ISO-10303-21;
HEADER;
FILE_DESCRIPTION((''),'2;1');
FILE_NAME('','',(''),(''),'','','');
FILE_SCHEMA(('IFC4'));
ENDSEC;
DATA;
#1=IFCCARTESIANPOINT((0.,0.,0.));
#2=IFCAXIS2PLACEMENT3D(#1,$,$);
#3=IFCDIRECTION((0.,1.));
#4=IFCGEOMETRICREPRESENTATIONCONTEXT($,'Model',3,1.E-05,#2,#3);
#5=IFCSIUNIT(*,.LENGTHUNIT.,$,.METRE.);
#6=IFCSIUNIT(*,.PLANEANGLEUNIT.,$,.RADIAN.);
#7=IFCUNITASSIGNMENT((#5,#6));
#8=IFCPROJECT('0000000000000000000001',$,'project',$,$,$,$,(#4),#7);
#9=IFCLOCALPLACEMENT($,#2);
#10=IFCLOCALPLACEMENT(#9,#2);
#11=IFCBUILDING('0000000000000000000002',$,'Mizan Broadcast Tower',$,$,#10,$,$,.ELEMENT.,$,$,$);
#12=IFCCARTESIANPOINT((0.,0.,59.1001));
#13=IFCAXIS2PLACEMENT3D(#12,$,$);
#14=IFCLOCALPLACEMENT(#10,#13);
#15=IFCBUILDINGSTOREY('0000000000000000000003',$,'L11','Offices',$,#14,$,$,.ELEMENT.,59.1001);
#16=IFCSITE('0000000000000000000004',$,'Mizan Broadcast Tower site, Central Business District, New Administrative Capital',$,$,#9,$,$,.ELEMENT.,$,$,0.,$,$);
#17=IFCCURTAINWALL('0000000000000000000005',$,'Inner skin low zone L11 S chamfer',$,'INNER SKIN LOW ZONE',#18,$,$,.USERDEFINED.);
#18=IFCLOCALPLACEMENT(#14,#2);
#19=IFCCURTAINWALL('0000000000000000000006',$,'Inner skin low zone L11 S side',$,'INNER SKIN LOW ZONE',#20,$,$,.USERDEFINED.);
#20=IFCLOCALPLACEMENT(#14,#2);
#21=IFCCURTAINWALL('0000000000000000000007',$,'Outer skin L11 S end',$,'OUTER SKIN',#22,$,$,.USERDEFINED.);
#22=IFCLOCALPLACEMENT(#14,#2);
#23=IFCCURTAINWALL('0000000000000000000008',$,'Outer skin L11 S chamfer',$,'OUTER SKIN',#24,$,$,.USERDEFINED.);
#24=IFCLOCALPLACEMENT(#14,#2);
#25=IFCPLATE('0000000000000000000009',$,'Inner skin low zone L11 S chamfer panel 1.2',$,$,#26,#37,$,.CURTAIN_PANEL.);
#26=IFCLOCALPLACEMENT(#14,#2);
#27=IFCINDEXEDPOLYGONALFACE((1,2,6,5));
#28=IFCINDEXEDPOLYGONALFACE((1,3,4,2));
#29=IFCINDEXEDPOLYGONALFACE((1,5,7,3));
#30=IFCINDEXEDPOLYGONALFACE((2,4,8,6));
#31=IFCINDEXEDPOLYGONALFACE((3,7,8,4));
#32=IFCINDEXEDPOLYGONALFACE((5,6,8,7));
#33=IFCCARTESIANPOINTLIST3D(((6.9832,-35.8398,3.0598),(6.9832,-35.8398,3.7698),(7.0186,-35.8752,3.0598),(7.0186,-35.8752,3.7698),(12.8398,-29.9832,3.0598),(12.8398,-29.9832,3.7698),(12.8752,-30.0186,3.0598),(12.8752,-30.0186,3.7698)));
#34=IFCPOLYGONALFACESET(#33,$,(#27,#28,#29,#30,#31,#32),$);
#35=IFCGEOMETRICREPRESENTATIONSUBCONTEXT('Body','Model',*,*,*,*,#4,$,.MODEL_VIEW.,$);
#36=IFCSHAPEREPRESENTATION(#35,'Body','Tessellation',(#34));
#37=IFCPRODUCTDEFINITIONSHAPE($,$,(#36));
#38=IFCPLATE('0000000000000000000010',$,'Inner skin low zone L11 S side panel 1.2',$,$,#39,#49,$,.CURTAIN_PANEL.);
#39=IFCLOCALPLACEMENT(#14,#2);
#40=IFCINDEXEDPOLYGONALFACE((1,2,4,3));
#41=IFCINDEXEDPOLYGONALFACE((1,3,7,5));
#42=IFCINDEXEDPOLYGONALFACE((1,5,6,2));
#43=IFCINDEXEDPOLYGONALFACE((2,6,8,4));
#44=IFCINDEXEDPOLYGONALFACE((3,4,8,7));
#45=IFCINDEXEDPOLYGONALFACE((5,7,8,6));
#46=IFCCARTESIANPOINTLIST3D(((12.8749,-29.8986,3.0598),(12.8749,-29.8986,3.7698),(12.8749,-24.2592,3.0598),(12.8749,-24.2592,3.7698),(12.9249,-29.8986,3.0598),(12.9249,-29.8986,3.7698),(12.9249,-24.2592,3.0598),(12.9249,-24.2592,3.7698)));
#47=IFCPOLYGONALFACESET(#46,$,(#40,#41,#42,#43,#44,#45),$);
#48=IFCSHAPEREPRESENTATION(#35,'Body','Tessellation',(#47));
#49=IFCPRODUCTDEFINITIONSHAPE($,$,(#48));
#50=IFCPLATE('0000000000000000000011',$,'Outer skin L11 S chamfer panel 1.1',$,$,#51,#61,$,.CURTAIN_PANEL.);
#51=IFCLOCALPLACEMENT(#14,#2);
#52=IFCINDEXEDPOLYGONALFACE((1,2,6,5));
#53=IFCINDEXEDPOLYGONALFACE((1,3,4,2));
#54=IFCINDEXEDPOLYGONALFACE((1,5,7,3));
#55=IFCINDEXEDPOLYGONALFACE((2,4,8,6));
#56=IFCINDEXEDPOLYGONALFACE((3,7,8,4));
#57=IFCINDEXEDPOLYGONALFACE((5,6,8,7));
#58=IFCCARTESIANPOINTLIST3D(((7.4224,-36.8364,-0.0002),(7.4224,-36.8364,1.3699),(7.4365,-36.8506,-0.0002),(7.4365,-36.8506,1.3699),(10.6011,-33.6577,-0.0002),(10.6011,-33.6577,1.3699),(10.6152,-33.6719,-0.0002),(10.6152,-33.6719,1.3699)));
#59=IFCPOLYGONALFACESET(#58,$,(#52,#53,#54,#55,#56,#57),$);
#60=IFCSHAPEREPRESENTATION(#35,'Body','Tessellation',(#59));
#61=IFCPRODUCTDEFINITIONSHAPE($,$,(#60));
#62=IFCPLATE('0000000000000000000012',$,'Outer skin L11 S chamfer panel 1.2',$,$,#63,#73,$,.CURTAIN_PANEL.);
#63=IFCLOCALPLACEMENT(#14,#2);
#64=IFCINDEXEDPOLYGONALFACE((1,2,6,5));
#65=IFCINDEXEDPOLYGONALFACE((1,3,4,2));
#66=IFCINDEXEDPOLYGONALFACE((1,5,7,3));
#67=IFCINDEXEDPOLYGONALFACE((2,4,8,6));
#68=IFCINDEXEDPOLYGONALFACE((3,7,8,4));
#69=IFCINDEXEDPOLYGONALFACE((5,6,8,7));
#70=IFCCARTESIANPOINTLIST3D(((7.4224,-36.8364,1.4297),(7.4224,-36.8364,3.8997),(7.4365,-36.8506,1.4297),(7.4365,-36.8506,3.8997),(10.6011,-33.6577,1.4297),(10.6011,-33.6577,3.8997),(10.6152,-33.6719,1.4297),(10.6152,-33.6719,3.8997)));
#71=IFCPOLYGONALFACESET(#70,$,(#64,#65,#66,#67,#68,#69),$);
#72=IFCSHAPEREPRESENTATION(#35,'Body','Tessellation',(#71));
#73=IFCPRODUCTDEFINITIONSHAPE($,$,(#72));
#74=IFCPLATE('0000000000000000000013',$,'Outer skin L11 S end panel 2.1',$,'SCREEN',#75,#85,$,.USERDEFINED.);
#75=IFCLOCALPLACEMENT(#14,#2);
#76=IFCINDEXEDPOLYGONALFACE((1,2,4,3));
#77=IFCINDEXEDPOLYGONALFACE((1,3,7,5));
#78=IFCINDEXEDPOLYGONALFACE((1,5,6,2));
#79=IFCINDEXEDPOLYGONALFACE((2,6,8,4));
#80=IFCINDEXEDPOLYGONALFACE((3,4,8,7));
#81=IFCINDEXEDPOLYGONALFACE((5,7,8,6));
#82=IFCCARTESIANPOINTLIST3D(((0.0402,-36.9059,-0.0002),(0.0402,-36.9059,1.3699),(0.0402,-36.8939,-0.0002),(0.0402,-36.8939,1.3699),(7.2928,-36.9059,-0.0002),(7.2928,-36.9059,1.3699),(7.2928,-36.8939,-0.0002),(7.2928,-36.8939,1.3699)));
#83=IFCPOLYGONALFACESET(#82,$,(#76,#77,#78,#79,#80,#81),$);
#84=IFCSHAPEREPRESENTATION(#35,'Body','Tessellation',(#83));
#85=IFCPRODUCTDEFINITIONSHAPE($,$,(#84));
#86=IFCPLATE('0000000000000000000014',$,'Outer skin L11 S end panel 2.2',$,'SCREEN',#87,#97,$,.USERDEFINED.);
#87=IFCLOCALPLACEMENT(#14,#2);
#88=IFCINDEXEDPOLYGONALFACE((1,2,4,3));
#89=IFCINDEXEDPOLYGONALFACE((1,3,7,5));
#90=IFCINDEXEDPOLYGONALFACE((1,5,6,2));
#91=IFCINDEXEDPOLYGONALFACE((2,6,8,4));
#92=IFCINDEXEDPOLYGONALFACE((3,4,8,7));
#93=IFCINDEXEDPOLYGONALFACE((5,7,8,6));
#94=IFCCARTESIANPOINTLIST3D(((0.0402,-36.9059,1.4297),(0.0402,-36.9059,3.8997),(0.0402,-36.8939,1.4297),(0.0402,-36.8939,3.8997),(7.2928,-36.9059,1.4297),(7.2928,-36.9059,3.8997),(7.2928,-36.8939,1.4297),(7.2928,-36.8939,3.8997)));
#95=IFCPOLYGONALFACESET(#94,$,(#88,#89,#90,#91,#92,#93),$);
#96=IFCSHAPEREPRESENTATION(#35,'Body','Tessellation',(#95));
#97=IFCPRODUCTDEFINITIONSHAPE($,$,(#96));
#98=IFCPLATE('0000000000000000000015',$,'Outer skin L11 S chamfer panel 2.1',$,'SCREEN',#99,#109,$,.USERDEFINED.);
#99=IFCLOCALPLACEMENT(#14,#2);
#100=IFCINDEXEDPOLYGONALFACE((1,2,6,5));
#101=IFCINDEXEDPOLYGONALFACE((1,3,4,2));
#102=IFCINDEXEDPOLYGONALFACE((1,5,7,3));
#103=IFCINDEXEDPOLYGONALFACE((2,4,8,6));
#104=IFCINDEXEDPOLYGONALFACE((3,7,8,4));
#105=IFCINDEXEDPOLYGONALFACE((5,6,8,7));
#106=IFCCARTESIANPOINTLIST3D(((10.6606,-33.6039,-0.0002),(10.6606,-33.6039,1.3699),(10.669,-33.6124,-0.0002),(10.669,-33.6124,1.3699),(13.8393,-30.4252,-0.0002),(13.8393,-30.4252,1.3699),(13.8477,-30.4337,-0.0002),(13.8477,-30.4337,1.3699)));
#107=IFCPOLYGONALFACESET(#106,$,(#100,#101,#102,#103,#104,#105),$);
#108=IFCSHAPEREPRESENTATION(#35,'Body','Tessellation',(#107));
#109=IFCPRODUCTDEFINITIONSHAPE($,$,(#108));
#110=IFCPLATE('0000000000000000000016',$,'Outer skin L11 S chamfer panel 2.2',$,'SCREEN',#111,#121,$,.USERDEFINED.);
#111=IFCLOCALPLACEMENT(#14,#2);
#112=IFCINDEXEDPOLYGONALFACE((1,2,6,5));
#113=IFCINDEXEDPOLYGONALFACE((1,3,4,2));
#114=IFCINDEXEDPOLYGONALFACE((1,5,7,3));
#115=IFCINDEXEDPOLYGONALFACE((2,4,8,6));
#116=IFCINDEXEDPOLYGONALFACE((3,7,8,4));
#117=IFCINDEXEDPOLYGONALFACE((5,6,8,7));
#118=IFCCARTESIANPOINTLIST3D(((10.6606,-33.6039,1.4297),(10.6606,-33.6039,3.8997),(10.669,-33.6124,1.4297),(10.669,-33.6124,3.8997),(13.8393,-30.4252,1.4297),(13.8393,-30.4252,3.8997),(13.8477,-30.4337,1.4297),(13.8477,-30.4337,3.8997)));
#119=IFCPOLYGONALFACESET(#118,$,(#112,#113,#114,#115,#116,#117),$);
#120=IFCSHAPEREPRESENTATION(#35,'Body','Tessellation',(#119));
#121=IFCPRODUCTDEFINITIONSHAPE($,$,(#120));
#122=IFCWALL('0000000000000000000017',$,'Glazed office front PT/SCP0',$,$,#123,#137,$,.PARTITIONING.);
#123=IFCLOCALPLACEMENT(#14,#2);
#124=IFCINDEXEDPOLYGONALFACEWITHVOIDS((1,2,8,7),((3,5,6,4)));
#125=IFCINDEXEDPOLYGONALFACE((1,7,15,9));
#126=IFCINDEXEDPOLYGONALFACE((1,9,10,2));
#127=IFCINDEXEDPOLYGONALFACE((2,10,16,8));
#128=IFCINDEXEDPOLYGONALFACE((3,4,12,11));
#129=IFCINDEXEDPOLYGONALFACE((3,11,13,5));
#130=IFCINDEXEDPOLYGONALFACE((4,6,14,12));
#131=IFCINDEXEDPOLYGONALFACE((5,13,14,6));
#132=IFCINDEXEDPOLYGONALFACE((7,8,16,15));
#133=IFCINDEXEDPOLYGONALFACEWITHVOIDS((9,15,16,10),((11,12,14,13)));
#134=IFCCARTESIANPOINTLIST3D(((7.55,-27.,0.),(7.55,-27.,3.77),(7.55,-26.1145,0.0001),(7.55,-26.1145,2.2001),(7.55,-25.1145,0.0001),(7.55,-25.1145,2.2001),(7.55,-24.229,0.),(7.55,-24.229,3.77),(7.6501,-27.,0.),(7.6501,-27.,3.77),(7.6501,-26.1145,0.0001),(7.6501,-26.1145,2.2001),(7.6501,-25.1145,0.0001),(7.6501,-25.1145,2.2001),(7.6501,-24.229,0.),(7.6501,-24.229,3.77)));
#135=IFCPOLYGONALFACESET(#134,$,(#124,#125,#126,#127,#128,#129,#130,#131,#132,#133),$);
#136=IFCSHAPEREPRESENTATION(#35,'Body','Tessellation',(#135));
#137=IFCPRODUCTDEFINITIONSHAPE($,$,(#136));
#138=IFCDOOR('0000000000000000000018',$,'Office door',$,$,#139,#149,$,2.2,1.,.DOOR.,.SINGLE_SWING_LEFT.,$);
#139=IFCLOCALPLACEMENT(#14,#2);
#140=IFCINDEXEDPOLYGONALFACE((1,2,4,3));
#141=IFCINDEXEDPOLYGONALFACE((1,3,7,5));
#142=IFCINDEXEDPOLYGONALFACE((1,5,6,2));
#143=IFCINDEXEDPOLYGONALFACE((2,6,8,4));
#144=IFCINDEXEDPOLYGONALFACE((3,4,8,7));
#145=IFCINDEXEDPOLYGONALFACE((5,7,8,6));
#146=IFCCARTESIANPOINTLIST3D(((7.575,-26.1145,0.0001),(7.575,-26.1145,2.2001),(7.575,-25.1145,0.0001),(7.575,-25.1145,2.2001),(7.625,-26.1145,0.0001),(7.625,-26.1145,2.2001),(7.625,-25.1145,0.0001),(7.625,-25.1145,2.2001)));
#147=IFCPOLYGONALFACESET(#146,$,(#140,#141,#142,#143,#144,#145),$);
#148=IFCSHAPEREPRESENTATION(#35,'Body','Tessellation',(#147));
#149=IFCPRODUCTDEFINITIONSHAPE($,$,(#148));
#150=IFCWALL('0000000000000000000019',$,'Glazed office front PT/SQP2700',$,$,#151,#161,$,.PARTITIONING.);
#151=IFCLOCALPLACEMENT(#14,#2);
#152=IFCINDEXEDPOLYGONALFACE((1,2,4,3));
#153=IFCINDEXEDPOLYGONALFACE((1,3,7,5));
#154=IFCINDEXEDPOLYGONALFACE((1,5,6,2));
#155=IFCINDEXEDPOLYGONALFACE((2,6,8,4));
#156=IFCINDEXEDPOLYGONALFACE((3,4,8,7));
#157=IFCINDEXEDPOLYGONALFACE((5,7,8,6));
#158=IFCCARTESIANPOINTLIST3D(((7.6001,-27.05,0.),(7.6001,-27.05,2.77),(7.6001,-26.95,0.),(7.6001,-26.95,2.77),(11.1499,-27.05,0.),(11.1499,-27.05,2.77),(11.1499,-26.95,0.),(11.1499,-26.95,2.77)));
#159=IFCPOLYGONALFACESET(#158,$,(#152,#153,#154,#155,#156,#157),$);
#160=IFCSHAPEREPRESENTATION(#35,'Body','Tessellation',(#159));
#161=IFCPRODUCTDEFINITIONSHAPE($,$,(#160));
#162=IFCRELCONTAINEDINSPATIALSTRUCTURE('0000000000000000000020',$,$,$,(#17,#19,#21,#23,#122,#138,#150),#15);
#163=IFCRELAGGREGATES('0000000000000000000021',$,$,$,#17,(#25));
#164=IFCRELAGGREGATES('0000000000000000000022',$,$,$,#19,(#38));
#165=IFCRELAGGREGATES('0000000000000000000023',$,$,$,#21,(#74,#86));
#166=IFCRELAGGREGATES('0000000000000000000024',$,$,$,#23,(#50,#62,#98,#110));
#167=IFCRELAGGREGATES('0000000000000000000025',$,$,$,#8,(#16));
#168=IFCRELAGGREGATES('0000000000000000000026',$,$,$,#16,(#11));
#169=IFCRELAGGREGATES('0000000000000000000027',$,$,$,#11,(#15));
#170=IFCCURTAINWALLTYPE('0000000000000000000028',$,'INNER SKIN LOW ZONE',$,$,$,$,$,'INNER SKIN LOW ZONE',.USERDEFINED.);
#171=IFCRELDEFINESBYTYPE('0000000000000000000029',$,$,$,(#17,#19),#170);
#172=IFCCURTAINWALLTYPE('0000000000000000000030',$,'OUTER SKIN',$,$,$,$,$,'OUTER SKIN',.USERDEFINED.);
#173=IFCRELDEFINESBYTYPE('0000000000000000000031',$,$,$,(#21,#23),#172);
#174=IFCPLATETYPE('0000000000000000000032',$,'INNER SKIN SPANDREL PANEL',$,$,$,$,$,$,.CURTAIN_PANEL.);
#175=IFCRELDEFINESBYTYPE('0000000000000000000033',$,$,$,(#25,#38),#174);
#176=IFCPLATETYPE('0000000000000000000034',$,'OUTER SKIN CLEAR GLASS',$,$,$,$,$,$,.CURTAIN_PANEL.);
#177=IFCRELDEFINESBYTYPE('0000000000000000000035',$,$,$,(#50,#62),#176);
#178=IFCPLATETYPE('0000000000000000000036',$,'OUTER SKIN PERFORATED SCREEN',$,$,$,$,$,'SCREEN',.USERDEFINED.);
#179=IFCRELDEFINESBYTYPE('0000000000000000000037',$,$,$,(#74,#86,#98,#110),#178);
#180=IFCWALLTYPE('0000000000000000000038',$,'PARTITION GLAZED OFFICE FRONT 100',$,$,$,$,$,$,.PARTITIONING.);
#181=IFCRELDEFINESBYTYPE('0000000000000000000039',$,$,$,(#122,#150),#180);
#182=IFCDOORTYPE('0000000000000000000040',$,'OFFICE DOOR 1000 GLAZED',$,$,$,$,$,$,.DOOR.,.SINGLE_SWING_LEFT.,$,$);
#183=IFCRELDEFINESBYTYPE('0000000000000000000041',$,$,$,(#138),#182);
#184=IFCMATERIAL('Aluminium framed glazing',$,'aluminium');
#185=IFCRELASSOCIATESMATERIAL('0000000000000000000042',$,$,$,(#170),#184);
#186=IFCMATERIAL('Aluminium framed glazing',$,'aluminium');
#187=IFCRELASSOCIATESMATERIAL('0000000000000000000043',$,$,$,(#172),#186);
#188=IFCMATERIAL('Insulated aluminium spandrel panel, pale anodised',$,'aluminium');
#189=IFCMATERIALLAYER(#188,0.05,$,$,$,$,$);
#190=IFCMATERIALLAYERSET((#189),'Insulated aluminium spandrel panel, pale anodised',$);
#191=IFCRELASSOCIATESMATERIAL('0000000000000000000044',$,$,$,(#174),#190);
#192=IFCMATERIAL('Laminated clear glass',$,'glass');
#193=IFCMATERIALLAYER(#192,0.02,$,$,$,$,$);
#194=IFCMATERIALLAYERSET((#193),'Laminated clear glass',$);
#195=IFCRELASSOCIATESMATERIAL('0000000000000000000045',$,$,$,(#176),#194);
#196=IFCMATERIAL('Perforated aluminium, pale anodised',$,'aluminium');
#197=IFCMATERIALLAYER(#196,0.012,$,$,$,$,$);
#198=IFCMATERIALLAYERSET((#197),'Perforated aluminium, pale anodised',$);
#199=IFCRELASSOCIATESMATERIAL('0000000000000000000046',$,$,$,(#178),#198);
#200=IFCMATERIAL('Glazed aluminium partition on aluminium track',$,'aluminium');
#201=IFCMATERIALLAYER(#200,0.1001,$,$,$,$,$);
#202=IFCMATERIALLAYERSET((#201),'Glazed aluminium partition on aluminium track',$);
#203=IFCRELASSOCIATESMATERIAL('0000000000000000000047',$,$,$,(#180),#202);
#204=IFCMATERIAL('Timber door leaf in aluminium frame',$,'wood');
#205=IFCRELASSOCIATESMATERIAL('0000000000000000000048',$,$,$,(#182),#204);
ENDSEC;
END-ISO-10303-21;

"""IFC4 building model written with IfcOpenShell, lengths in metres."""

from ifc_helpers import new_model, si_unit, direction, frame, frame_2d, origin, origin_2d, place, context, subcontext, project, spatial, rectangle, extrude, material, layer, layer_set, type_object, element, fill, aggregate, save


model = new_model("IFC4")

# Units and contexts
model_context = context("Model", 3, precision=1e-05, world=origin(), true_north=direction((0.0, 1.0)))
body_context = subcontext(model_context, "Body", "Model", "MODEL_VIEW")
ifc_project = project(units=[si_unit("LENGTHUNIT", "METRE"), si_unit("PLANEANGLEUNIT", "RADIAN")], contexts=[model_context])

# Site, building, storey
site_placement = place(None, origin())
site = spatial("IfcSite", under=ifc_project, at=site_placement, Name="Mizan Broadcast Tower site, Central Business District, New Administrative Capital", CompositionType="ELEMENT", RefElevation=0.0)
building_placement = place(site_placement, origin())
building = spatial("IfcBuilding", under=site, at=building_placement, Name="Mizan Broadcast Tower", CompositionType="ELEMENT")
storey_placement = place(building_placement, frame((0.0, 0.0, 59.1001)))
storey = spatial("IfcBuildingStorey", under=building, at=storey_placement, Name="L11", Description="Offices", CompositionType="ELEMENT", Elevation=59.1001)

# Shared definitions
ifc_material_1 = material(Name="Aluminium framed glazing", Category="aluminium")
curtain_wall_type_1 = type_object("IfcCurtainWallType", Name="INNER SKIN LOW ZONE", ElementType="INNER SKIN LOW ZONE", PredefinedType="USERDEFINED", material=ifc_material_1)

# Curtain walls
curtain_wall_1_placement = place(storey_placement, origin())
curtain_wall_1 = element("IfcCurtainWall", 1, at=curtain_wall_1_placement, inside=storey, type_object=curtain_wall_type_1, Name="Inner skin low zone L11 S chamfer", ObjectType="INNER SKIN LOW ZONE", PredefinedType="USERDEFINED")
curtain_wall_2_placement = place(storey_placement, origin())
curtain_wall_2 = element("IfcCurtainWall", 2, at=curtain_wall_2_placement, inside=storey, type_object=curtain_wall_type_1, Name="Inner skin low zone L11 S side", ObjectType="INNER SKIN LOW ZONE", PredefinedType="USERDEFINED")

# Curtain wall
ifc_material_2 = material(Name="Aluminium framed glazing", Category="aluminium")
curtain_wall_type_2 = type_object("IfcCurtainWallType", Name="OUTER SKIN", ElementType="OUTER SKIN", PredefinedType="USERDEFINED", material=ifc_material_2)
curtain_wall_3_placement = place(storey_placement, origin())
curtain_wall_3 = element("IfcCurtainWall", 3, at=curtain_wall_3_placement, inside=storey, type_object=curtain_wall_type_2, Name="Outer skin L11 S end", ObjectType="OUTER SKIN", PredefinedType="USERDEFINED")

# Curtain wall
curtain_wall_4_placement = place(storey_placement, origin())
curtain_wall_4 = element("IfcCurtainWall", 4, at=curtain_wall_4_placement, inside=storey, type_object=curtain_wall_type_2, Name="Outer skin L11 S chamfer", ObjectType="OUTER SKIN", PredefinedType="USERDEFINED")

# Plates
ifc_material_3 = material(Name="Insulated aluminium spandrel panel, pale anodised", Category="aluminium")
ifc_layer_1 = layer(ifc_material_3, 0.05)
ifc_layer_set_1 = layer_set([ifc_layer_1], Name="Insulated aluminium spandrel panel, pale anodised")
plate_type_1 = type_object("IfcPlateType", Name="INNER SKIN SPANDREL PANEL", PredefinedType="CURTAIN_PANEL", material=ifc_layer_set_1)
plate_1_placement = place(storey_placement, frame((9.9292, -32.9292, 3.0598), z_axis=(0.0, 0.0, 1.0), x_axis=(0.707107, 0.707107, 0.0)))
plate_1 = element("IfcPlate", 5, at=plate_1_placement, type_object=plate_type_1, Name="Inner skin low zone L11 S chamfer panel 1.2", PredefinedType="CURTAIN_PANEL", context=body_context, shape_type="SweptSolid", body=[
    extrude(rectangle(XDim=8.2825, YDim=0.05, at=origin_2d()), origin(), (0.0, 0.0, 1.0), 0.71),
])
aggregate(curtain_wall_1, [plate_1])
plate_2_placement = place(storey_placement, frame((12.8999, -27.0789, 3.0598), z_axis=(0.0, 0.0, 1.0), x_axis=(0.0, 1.0, 0.0)))
plate_2 = element("IfcPlate", 6, at=plate_2_placement, type_object=plate_type_1, Name="Inner skin low zone L11 S side panel 1.2", PredefinedType="CURTAIN_PANEL", context=body_context, shape_type="SweptSolid", body=[
    extrude(rectangle(XDim=5.6394, YDim=0.05, at=origin_2d()), origin(), (0.0, 0.0, 1.0), 0.71),
])
aggregate(curtain_wall_2, [plate_2])
ifc_material_4 = material(Name="Laminated clear glass", Category="glass")
ifc_layer_2 = layer(ifc_material_4, 0.02)
ifc_layer_set_2 = layer_set([ifc_layer_2], Name="Laminated clear glass")
plate_type_2 = type_object("IfcPlateType", Name="OUTER SKIN CLEAR GLASS", PredefinedType="CURTAIN_PANEL", material=ifc_layer_set_2)
plate_3_placement = place(storey_placement, frame((9.0188, -35.2542, -0.0002), z_axis=(0.0, 0.0, 1.0), x_axis=(0.707107, 0.707107, 0.0)))
plate_3 = element("IfcPlate", 7, at=plate_3_placement, type_object=plate_type_2, Name="Outer skin L11 S chamfer panel 1.1", PredefinedType="CURTAIN_PANEL", context=body_context, shape_type="SweptSolid", body=[
    extrude(rectangle(XDim=4.4954, YDim=0.02, at=origin_2d()), origin(), (0.0, 0.0, 1.0), 1.3701),
])
plate_4_placement = place(storey_placement, frame((9.0188, -35.2542, 1.4297), z_axis=(0.0, 0.0, 1.0), x_axis=(0.707107, 0.707107, 0.0)))
plate_4 = element("IfcPlate", 8, at=plate_4_placement, type_object=plate_type_2, Name="Outer skin L11 S chamfer panel 1.2", PredefinedType="CURTAIN_PANEL", context=body_context, shape_type="SweptSolid", body=[
    extrude(rectangle(XDim=4.4954, YDim=0.02, at=origin_2d()), origin(), (0.0, 0.0, 1.0), 2.47),
])
ifc_material_5 = material(Name="Perforated aluminium, pale anodised", Category="aluminium")
ifc_layer_3 = layer(ifc_material_5, 0.012)
ifc_layer_set_3 = layer_set([ifc_layer_3], Name="Perforated aluminium, pale anodised")
plate_type_3 = type_object("IfcPlateType", Name="OUTER SKIN PERFORATED SCREEN", ElementType="SCREEN", PredefinedType="USERDEFINED", material=ifc_layer_set_3)
plate_5_placement = place(storey_placement, frame((3.6665, -36.8999, -0.0002), z_axis=(0.0, 0.0, 1.0), x_axis=(1.0, 0.0, 0.0)))
plate_5 = element("IfcPlate", 9, at=plate_5_placement, type_object=plate_type_3, Name="Outer skin L11 S end panel 2.1", ObjectType="SCREEN", PredefinedType="USERDEFINED", context=body_context, shape_type="SweptSolid", body=[
    extrude(rectangle(XDim=7.2527, YDim=0.012, at=origin_2d()), origin(), (0.0, 0.0, 1.0), 1.3701),
])
plate_6_placement = place(storey_placement, frame((3.6665, -36.8999, 1.4297), z_axis=(0.0, 0.0, 1.0), x_axis=(1.0, 0.0, 0.0)))
plate_6 = element("IfcPlate", 10, at=plate_6_placement, type_object=plate_type_3, Name="Outer skin L11 S end panel 2.2", ObjectType="SCREEN", PredefinedType="USERDEFINED", context=body_context, shape_type="SweptSolid", body=[
    extrude(rectangle(XDim=7.2527, YDim=0.012, at=origin_2d()), origin(), (0.0, 0.0, 1.0), 2.47),
])
aggregate(curtain_wall_3, [plate_5, plate_6])
plate_7_placement = place(storey_placement, frame((12.2542, -32.0188, -0.0002), z_axis=(0.0, 0.0, 1.0), x_axis=(0.707107, 0.707107, 0.0)))
plate_7 = element("IfcPlate", 11, at=plate_7_placement, type_object=plate_type_3, Name="Outer skin L11 S chamfer panel 2.1", ObjectType="SCREEN", PredefinedType="USERDEFINED", context=body_context, shape_type="SweptSolid", body=[
    extrude(rectangle(XDim=4.4954, YDim=0.012, at=origin_2d()), origin(), (0.0, 0.0, 1.0), 1.3701),
])
plate_8_placement = place(storey_placement, frame((12.2542, -32.0188, 1.4297), z_axis=(0.0, 0.0, 1.0), x_axis=(0.707107, 0.707107, 0.0)))
plate_8 = element("IfcPlate", 12, at=plate_8_placement, type_object=plate_type_3, Name="Outer skin L11 S chamfer panel 2.2", ObjectType="SCREEN", PredefinedType="USERDEFINED", context=body_context, shape_type="SweptSolid", body=[
    extrude(rectangle(XDim=4.4954, YDim=0.012, at=origin_2d()), origin(), (0.0, 0.0, 1.0), 2.47),
])
aggregate(curtain_wall_4, [plate_3, plate_4, plate_7, plate_8])

# Wall, opening, door
ifc_material_6 = material(Name="Glazed aluminium partition on aluminium track", Category="aluminium")
ifc_layer_4 = layer(ifc_material_6, 0.1001)
ifc_layer_set_4 = layer_set([ifc_layer_4], Name="Glazed aluminium partition on aluminium track")
wall_type = type_object("IfcWallType", Name="PARTITION GLAZED OFFICE FRONT 100", PredefinedType="PARTITIONING", material=ifc_layer_set_4)
wall_1_placement = place(storey_placement, frame((7.6001, -24.229, 0.0), z_axis=(0.0, 0.0, 1.0), x_axis=(0.0, -1.0, 0.0)))
wall_1 = element("IfcWall", 13, at=wall_1_placement, inside=storey, type_object=wall_type, Name="Glazed office front PT/SCP0", PredefinedType="PARTITIONING", context=body_context, shape_type="SweptSolid", body=[
    extrude(rectangle(XDim=2.771, YDim=0.1001, at=frame_2d((1.3855, 0.0))), origin(), (0.0, 0.0, 1.0), 3.77),
])
opening_placement = place(wall_1_placement, frame((0.8855, 0.0, 0.0)))
opening = element("IfcOpeningElement", 14, at=opening_placement, cuts=wall_1, PredefinedType="OPENING", context=body_context, shape_type="SweptSolid", body=[
    extrude(rectangle(XDim=1.0, YDim=2.2, at=frame_2d((0.5, 1.1001))), frame((0.0, 0.0601, 0.0), z_axis=(0.0, -1.0, 0.0), x_axis=(1.0, 0.0, 0.0)), (0.0, 0.0, 1.0), 0.1201),
])
ifc_material_7 = material(Name="Timber door leaf in aluminium frame", Category="wood")
door_type = type_object("IfcDoorType", Name="OFFICE DOOR 1000 GLAZED", OperationType="SINGLE_SWING_LEFT", PredefinedType="DOOR", material=ifc_material_7)
door_placement = place(opening_placement, origin())
door = element("IfcDoor", 15, at=door_placement, inside=storey, type_object=door_type, Name="Office door", OperationType="SINGLE_SWING_LEFT", OverallHeight=2.2, OverallWidth=1.0, PredefinedType="DOOR", context=body_context, shape_type="SweptSolid", body=[
    extrude(rectangle(XDim=1.0, YDim=2.2, at=frame_2d((0.5, 1.1001))), frame((0.0, 0.0249, 0.0), z_axis=(0.0, -1.0, 0.0), x_axis=(1.0, 0.0, 0.0)), (0.0, 0.0, 1.0), 0.05),
])
fill(opening, door)

# Wall
wall_2_placement = place(storey_placement, frame((7.6001, -27.0, 0.0), z_axis=(0.0, 0.0, 1.0), x_axis=(1.0, 0.0, 0.0)))
element("IfcWall", 16, at=wall_2_placement, inside=storey, type_object=wall_type, Name="Glazed office front PT/SQP2700", PredefinedType="PARTITIONING", context=body_context, shape_type="SweptSolid", body=[
    extrude(rectangle(XDim=3.5498, YDim=0.1001, at=frame_2d((1.7749, 0.0))), origin(), (0.0, 0.0, 1.0), 2.77),
])

save(model, "model.ifc")
